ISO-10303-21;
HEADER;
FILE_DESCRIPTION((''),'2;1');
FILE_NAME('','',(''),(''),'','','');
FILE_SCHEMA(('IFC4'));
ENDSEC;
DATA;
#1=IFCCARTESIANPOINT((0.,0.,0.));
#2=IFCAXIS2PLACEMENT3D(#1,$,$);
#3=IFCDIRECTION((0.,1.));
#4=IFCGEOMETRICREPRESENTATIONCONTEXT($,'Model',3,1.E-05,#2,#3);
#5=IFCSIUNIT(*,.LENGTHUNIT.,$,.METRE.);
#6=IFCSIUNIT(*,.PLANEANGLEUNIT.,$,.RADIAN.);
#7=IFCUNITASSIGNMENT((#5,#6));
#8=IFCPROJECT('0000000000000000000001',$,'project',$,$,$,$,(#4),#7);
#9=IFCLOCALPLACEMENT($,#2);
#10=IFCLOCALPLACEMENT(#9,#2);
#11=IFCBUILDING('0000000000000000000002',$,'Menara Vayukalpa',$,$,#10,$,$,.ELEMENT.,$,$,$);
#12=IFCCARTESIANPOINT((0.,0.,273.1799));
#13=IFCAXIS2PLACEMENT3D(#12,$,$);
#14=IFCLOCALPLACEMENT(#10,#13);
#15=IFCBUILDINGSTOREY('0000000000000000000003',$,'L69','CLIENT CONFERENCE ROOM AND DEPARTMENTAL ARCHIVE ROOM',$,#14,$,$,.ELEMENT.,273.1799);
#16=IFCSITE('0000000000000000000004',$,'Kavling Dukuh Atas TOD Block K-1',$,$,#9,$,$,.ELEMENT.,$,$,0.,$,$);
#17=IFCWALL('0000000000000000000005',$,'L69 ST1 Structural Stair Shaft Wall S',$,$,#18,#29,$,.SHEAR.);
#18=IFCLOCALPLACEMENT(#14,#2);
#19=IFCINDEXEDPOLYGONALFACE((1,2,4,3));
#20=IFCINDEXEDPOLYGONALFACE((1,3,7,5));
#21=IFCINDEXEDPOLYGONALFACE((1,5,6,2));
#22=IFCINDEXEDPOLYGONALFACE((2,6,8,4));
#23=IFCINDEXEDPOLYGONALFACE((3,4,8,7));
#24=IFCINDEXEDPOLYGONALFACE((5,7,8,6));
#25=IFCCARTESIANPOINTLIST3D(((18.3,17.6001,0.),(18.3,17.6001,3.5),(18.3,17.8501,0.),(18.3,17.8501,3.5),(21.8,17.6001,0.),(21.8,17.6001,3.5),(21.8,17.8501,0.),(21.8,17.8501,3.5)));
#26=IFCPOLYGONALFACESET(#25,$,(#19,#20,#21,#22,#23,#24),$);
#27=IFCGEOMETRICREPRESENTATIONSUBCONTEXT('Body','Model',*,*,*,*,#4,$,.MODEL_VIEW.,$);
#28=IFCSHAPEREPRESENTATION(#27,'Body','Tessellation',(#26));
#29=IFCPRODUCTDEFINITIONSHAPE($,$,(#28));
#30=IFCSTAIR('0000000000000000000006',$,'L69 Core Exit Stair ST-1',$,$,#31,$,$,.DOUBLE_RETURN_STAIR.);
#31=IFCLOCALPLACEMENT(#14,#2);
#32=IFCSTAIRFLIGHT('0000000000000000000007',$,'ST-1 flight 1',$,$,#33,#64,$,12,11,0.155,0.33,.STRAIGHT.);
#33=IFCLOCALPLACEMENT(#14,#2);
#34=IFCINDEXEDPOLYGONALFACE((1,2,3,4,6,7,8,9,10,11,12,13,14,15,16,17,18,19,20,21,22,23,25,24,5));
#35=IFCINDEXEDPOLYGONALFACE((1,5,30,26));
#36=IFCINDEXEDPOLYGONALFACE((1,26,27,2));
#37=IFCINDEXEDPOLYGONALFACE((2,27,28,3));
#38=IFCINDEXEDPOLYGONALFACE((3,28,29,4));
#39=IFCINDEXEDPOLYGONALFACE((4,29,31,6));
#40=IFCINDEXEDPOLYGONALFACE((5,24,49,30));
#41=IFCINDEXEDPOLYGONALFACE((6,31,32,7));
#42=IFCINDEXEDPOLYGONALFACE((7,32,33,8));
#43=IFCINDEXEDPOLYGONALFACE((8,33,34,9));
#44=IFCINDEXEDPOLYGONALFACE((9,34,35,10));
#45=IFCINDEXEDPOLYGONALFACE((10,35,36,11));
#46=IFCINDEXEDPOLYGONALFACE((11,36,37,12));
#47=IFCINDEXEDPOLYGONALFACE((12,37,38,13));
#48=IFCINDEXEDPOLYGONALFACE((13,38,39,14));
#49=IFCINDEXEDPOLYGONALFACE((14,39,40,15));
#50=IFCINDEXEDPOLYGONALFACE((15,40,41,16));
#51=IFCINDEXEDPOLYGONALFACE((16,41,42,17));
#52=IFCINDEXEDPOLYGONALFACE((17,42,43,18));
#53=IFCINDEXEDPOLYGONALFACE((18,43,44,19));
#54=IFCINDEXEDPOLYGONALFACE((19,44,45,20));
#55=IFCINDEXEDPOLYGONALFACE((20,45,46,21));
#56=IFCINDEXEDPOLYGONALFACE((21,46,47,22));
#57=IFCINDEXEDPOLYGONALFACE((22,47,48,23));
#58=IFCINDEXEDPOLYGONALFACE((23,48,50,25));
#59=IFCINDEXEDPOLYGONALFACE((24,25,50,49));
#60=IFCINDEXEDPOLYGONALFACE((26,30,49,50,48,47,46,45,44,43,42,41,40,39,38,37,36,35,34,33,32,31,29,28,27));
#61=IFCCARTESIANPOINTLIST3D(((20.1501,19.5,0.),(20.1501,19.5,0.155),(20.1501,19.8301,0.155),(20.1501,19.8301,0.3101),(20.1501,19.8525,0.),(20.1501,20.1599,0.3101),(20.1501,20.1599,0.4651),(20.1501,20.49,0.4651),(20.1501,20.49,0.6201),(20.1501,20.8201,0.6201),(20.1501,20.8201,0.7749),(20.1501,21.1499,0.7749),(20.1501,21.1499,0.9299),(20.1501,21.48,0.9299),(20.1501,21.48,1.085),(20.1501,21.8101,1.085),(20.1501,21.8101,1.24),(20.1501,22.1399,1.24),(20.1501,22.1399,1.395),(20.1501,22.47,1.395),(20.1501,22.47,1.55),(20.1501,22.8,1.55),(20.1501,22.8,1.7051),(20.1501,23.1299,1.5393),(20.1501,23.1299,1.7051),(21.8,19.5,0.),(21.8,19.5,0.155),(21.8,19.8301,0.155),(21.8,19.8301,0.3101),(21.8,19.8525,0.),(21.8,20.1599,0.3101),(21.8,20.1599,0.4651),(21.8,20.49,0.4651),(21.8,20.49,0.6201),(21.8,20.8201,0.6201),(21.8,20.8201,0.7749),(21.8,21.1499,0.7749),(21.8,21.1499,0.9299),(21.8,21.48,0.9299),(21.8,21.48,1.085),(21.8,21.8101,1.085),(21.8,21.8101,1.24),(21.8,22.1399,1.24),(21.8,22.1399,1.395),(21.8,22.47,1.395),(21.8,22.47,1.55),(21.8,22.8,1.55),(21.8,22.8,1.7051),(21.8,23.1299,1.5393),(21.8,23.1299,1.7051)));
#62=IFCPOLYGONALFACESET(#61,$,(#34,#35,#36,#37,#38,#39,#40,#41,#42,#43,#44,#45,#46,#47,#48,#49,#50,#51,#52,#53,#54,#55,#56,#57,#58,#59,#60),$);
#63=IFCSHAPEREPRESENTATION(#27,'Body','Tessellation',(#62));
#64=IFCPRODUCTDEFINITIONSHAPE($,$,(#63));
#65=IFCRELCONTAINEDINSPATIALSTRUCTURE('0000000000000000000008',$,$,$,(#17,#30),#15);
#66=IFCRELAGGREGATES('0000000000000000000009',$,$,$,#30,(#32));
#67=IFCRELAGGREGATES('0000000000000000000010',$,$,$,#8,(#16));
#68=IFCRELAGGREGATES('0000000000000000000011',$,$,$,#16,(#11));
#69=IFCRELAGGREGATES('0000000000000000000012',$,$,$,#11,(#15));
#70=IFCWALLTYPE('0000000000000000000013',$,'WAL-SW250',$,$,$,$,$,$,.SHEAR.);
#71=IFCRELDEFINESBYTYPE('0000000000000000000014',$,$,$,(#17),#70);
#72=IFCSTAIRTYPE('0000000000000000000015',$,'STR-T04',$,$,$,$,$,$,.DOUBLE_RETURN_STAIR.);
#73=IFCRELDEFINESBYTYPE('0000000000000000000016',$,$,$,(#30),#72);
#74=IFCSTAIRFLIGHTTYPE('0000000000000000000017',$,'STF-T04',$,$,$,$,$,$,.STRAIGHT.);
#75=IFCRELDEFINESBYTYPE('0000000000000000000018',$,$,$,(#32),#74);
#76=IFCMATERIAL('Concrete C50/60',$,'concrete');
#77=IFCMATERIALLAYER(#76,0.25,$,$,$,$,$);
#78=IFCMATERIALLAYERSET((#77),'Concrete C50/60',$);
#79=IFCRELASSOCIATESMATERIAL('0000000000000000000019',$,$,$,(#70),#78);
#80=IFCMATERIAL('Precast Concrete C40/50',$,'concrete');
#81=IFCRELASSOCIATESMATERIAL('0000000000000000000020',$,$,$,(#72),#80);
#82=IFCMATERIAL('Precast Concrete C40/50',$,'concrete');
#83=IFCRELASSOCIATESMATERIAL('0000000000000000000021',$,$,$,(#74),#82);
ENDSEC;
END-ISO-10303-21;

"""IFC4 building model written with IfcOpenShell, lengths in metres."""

from ifc_helpers import new_model, si_unit, direction, frame, frame_2d, origin, place, context, subcontext, project, spatial, polyline, rectangle, outline, extrude, material, layer, layer_set, type_object, element, aggregate, save


model = new_model("IFC4")

# Units and contexts
model_context = context("Model", 3, precision=1e-05, world=origin(), true_north=direction((0.0, 1.0)))
body_context = subcontext(model_context, "Body", "Model", "MODEL_VIEW")
ifc_project = project(units=[si_unit("LENGTHUNIT", "METRE"), si_unit("PLANEANGLEUNIT", "RADIAN")], contexts=[model_context])

# Site, building, storey
site_placement = place(None, origin())
site = spatial("IfcSite", under=ifc_project, at=site_placement, Name="Kavling Dukuh Atas TOD Block K-1", CompositionType="ELEMENT", RefElevation=0.0)
building_placement = place(site_placement, origin())
building = spatial("IfcBuilding", under=site, at=building_placement, Name="Menara Vayukalpa", CompositionType="ELEMENT")
storey_placement = place(building_placement, frame((0.0, 0.0, 273.1799)))
storey = spatial("IfcBuildingStorey", under=building, at=storey_placement, Name="L69", Description="CLIENT CONFERENCE ROOM AND DEPARTMENTAL ARCHIVE ROOM", CompositionType="ELEMENT", Elevation=273.1799)

# Shared definitions
ifc_material_1 = material(Name="Concrete C50/60", Category="concrete")
ifc_layer_1 = layer(ifc_material_1, 0.25)
ifc_layer_set_1 = layer_set([ifc_layer_1], Name="Concrete C50/60")
wall_type_1 = type_object("IfcWallType", Name="WAL-SW250", PredefinedType="SHEAR", material=ifc_layer_set_1)

# Wall
wall_1_placement = place(storey_placement, frame((18.3, 17.7251, 0.0), z_axis=(0.0, 0.0, 1.0), x_axis=(1.0, 0.0, 0.0)))
element("IfcWall", 1, at=wall_1_placement, inside=storey, type_object=wall_type_1, Name="L69 ST1 Structural Stair Shaft Wall S", PredefinedType="SHEAR", context=body_context, shape_type="SweptSolid", body=[
    extrude(rectangle(XDim=3.5, YDim=0.25, at=frame_2d((1.75, 0.0))), origin(), (0.0, 0.0, 1.0), 3.5),
])

# Stair, stair flight
ifc_material_2 = material(Name="Precast Concrete C40/50", Category="concrete")
stair_type = type_object("IfcStairType", Name="STR-T04", PredefinedType="DOUBLE_RETURN_STAIR", material=ifc_material_2)
stair_placement = place(storey_placement, origin())
stair = element("IfcStair", 2, at=stair_placement, inside=storey, type_object=stair_type, Name="L69 Core Exit Stair ST-1", PredefinedType="DOUBLE_RETURN_STAIR")
ifc_material_3 = material(Name="Precast Concrete C40/50", Category="concrete")
stair_flight_type = type_object("IfcStairFlightType", Name="STF-T04", PredefinedType="STRAIGHT", material=ifc_material_3)
stair_flight_placement = place(storey_placement, frame((20.9751, 19.5, 0.0), z_axis=(0.0, 0.0, 1.0), x_axis=(0.0, 1.0, 0.0)))
stair_flight = element("IfcStairFlight", 3, at=stair_flight_placement, type_object=stair_flight_type, Name="ST-1 flight 1", NumberOfRisers=12, NumberOfTreads=11, PredefinedType="STRAIGHT", RiserHeight=0.155, TreadLength=0.33, context=body_context, shape_type="SweptSolid", body=[
    extrude(outline(polyline([(0.0, 0.0), (0.0, 0.155), (0.3301, 0.155), (0.3301, 0.3101), (0.6599, 0.3101), (0.6599, 0.4651), (0.99, 0.4651), (0.99, 0.6201), (1.3201, 0.6201), (1.3201, 0.7749), (1.6499, 0.7749), (1.6499, 0.9299), (1.98, 0.9299), (1.98, 1.085), (2.3101, 1.085), (2.3101, 1.24), (2.6399, 1.24), (2.6399, 1.395), (2.97, 1.395), (2.97, 1.55), (3.3, 1.55), (3.3, 1.7051), (3.6299, 1.7051), (3.6299, 1.8601), (3.6299, 1.5393), (0.3525, 0.0), (0.0, 0.0)])), frame((0.0, 0.825, 0.0), z_axis=(0.0, -1.0, 0.0), x_axis=(1.0, 0.0, 0.0)), (0.0, 0.0, 1.0), 1.6499),
])
aggregate(stair, [stair_flight])

save(model, "model.ifc")
